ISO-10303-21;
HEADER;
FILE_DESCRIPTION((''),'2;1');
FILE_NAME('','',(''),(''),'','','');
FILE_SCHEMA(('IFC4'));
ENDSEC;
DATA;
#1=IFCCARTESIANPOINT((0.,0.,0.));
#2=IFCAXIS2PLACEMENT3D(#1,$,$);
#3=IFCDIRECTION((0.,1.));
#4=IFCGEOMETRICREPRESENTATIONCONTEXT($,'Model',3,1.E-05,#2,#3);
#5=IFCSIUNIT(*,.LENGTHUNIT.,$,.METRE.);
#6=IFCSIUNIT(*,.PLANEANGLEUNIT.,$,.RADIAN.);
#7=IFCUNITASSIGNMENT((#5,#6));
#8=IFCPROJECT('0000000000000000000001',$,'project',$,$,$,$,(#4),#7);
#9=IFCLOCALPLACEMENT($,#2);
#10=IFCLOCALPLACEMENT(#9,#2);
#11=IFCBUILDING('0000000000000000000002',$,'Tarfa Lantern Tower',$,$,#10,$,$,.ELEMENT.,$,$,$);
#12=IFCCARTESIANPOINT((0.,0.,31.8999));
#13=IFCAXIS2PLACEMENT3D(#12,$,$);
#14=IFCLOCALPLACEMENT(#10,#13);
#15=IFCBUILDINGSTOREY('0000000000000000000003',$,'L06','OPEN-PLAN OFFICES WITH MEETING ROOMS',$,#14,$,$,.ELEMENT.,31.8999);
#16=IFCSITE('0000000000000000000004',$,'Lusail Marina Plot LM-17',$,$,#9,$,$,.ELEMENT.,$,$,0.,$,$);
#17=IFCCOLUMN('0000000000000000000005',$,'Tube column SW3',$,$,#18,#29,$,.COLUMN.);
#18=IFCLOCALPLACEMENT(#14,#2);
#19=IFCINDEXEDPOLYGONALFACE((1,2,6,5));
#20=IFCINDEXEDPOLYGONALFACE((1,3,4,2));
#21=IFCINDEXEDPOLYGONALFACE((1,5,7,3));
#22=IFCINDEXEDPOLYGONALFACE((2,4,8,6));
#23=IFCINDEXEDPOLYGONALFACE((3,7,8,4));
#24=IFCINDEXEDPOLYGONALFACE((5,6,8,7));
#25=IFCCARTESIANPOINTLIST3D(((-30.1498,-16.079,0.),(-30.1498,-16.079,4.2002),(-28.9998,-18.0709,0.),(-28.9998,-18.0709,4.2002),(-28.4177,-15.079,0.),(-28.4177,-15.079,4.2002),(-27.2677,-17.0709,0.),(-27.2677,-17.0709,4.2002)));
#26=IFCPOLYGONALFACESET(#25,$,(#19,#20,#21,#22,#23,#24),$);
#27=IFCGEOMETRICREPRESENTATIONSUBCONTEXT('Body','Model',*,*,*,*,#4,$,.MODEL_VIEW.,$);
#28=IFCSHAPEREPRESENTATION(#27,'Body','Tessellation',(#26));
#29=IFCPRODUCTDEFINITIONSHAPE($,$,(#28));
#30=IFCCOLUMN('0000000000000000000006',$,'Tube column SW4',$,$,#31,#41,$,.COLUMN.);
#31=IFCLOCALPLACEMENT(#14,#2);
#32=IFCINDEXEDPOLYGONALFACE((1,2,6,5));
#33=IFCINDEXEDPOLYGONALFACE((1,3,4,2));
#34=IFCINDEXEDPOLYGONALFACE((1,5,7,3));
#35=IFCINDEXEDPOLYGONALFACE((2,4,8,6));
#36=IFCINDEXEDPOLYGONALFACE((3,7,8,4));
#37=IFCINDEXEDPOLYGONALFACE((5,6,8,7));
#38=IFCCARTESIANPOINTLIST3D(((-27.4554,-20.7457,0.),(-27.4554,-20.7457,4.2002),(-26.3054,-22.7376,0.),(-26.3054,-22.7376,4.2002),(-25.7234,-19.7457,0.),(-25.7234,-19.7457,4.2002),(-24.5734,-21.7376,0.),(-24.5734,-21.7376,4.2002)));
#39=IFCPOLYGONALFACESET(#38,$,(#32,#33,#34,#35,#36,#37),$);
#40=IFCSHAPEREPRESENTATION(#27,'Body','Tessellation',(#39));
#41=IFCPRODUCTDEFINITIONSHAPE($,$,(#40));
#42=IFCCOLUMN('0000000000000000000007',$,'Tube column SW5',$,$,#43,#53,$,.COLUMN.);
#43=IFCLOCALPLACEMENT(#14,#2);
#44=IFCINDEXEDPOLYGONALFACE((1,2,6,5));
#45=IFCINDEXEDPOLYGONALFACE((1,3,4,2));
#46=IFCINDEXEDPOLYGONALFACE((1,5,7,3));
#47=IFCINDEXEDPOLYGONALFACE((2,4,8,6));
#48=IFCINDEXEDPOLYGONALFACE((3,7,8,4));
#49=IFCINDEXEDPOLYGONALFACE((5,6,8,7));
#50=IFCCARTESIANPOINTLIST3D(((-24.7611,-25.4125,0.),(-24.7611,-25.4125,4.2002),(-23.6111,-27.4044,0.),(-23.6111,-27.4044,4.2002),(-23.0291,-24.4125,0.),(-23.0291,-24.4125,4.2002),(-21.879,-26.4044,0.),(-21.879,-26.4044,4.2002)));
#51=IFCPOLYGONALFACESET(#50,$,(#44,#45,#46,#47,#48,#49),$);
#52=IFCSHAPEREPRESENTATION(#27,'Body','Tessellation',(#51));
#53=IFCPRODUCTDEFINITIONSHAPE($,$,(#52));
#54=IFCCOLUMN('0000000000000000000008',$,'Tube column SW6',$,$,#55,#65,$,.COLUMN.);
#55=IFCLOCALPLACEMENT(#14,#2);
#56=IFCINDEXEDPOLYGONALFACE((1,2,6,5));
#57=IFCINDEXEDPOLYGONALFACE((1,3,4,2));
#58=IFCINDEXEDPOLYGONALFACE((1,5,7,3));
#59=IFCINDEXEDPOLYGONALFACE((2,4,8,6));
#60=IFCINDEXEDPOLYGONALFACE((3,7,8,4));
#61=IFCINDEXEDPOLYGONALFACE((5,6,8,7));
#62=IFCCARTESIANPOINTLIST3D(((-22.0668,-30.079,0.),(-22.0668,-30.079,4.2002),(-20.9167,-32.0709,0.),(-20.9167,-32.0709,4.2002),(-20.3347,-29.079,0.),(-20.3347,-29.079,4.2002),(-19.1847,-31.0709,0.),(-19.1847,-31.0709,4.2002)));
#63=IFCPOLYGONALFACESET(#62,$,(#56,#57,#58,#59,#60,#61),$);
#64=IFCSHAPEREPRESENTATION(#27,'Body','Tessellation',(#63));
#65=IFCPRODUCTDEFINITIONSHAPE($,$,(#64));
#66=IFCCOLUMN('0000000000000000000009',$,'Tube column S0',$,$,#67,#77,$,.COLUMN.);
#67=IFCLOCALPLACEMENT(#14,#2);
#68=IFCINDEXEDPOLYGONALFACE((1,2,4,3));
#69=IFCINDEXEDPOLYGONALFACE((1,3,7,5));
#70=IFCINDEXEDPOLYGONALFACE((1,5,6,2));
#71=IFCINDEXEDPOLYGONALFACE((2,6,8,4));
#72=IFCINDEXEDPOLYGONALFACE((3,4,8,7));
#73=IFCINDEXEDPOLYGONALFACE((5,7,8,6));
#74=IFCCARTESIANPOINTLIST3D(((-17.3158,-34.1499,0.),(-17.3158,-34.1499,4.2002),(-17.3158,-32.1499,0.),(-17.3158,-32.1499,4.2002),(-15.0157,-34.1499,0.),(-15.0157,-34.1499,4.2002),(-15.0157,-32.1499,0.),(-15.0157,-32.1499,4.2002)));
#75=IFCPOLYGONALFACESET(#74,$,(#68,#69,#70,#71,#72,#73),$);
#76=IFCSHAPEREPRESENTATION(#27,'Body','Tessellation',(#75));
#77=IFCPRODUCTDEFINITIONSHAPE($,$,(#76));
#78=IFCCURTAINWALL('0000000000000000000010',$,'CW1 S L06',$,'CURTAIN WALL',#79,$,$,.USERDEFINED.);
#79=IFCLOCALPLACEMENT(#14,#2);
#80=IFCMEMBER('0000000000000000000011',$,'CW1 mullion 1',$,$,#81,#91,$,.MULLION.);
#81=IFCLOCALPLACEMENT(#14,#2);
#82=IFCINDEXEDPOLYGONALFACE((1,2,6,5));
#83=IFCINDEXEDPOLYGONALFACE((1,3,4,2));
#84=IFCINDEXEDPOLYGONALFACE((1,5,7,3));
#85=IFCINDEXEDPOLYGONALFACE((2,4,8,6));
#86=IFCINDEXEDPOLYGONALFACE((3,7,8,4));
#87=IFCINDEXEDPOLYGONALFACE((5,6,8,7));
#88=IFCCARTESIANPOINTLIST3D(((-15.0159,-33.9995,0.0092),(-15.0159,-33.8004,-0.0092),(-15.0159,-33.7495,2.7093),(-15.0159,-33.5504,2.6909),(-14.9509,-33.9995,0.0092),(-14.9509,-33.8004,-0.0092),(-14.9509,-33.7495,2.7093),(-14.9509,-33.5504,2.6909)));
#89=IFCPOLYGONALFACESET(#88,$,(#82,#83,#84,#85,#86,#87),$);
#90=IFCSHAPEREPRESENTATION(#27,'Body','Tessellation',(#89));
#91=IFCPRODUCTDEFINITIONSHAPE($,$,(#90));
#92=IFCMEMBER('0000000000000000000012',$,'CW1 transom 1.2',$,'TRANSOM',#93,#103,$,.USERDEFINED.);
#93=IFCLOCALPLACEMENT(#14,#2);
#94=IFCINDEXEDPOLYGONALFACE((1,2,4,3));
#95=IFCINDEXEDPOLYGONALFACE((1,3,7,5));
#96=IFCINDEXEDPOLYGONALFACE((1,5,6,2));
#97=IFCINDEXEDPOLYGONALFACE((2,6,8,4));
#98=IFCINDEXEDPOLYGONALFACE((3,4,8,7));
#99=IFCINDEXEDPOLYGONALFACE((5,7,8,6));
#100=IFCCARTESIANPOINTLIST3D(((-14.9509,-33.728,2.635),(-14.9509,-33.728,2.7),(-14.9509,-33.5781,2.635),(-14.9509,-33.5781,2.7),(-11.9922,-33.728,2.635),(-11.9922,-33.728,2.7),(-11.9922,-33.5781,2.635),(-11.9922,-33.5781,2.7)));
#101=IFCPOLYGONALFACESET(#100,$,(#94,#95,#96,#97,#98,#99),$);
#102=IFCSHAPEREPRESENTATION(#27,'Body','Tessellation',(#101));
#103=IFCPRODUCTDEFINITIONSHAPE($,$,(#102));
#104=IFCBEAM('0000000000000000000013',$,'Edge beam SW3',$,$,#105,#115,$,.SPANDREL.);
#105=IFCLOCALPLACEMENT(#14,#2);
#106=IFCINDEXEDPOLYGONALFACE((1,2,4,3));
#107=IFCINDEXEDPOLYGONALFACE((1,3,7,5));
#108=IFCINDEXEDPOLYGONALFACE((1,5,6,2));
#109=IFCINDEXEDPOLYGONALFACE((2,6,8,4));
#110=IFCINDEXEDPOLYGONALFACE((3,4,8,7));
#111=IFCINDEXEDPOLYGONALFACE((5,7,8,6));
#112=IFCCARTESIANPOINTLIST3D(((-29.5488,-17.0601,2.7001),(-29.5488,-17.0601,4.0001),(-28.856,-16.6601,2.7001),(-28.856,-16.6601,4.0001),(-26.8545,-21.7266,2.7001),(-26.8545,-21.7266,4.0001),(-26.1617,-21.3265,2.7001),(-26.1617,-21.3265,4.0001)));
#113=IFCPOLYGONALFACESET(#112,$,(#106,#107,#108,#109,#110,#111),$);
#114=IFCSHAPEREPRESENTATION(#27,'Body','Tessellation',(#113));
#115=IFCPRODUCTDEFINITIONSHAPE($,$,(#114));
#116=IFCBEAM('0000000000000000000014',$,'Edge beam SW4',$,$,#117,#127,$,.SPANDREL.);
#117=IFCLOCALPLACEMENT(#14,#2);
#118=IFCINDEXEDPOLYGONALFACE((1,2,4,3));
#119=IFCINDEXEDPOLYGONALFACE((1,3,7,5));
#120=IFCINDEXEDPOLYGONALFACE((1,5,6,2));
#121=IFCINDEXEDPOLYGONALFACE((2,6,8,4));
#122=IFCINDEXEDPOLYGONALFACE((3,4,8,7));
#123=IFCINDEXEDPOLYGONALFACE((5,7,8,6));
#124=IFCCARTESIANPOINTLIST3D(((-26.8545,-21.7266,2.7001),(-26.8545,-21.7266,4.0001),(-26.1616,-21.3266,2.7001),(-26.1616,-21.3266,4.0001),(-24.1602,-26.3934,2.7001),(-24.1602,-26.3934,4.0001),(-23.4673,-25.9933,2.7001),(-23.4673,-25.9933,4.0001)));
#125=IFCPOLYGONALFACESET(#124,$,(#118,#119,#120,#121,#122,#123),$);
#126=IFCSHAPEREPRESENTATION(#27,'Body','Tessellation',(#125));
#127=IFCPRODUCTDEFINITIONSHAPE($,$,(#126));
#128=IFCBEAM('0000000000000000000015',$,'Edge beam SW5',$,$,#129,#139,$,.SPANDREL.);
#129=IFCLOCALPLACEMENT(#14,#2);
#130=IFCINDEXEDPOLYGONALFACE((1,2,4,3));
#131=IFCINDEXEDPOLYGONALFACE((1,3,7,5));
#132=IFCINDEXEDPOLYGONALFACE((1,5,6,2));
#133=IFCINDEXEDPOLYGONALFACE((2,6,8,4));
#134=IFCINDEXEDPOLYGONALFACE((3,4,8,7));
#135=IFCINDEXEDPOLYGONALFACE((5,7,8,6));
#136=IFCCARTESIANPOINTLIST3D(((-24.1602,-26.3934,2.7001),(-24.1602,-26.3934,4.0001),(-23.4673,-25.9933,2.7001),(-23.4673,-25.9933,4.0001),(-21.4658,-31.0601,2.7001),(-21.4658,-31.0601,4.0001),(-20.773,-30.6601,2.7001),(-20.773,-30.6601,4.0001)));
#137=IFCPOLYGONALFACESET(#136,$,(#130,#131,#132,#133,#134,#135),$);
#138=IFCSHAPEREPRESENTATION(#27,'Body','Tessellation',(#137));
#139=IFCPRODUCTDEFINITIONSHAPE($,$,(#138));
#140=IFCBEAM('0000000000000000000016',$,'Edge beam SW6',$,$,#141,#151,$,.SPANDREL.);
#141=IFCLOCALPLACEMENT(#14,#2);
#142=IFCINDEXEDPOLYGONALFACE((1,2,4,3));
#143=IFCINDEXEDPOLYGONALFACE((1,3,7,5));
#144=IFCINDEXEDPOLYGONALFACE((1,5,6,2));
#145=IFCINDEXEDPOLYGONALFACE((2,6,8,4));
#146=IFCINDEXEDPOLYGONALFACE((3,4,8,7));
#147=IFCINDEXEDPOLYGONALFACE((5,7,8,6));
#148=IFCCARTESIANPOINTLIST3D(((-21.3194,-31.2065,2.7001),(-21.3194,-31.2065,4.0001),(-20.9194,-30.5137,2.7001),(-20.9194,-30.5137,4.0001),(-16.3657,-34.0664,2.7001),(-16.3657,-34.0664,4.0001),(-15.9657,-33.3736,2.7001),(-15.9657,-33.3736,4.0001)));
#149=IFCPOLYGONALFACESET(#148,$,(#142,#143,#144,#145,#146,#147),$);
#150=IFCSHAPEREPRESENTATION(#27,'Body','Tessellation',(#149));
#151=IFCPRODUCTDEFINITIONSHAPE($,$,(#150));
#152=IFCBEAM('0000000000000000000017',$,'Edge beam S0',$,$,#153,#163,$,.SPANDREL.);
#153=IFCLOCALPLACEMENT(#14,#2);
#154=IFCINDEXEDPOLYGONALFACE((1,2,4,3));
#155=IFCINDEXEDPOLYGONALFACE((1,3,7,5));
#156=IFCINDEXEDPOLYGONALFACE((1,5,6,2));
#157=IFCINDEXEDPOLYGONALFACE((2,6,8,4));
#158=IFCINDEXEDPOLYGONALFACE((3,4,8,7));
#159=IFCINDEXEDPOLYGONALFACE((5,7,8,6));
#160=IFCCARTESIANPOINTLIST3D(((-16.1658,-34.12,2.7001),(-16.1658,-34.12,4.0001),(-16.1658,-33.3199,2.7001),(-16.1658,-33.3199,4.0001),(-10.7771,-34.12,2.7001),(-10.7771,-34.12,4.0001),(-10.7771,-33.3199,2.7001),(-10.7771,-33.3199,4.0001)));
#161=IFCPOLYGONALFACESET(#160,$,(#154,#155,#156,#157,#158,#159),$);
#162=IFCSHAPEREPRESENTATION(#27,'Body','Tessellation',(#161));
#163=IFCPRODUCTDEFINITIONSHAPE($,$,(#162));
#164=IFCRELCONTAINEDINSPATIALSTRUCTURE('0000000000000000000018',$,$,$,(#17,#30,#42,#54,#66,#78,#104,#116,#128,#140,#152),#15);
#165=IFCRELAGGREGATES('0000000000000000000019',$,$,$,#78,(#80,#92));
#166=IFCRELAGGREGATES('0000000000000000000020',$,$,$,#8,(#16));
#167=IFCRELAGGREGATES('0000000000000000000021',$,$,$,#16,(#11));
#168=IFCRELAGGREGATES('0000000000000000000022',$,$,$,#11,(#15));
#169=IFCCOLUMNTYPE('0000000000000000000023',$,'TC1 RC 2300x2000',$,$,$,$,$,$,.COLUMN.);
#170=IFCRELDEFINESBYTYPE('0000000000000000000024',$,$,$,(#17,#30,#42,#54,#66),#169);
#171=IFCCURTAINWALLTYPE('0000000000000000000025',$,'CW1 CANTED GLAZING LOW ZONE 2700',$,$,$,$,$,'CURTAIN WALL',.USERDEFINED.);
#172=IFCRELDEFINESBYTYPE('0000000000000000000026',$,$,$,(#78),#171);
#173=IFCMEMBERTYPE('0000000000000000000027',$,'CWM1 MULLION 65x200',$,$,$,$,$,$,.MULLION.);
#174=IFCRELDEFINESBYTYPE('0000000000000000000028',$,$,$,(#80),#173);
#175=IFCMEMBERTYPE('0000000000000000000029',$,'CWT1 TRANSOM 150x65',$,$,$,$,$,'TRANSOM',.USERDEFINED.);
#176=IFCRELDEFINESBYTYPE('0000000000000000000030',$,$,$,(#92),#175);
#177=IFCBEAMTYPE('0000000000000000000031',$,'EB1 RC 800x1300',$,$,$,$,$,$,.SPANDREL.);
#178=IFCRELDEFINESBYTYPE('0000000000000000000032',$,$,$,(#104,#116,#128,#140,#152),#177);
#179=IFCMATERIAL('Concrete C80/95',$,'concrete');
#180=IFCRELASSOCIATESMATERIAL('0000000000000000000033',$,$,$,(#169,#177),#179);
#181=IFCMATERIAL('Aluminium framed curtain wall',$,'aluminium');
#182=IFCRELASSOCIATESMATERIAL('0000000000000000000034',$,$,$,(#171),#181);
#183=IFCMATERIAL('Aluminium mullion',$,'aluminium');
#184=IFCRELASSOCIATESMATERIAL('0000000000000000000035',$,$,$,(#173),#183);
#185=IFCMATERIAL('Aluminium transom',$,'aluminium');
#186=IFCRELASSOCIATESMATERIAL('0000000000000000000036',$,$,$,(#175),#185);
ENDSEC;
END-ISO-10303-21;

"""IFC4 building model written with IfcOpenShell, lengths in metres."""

from ifc_helpers import new_model, si_unit, direction, frame, origin, origin_2d, place, context, subcontext, project, spatial, rectangle, extrude, material, material_profile, profile_set, type_object, element, aggregate, save


model = new_model("IFC4")

# Units and contexts
model_context = context("Model", 3, precision=1e-05, world=origin(), true_north=direction((0.0, 1.0)))
body_context = subcontext(model_context, "Body", "Model", "MODEL_VIEW")
ifc_project = project(units=[si_unit("LENGTHUNIT", "METRE"), si_unit("PLANEANGLEUNIT", "RADIAN")], contexts=[model_context])

# Site, building, storey
site_placement = place(None, origin())
site = spatial("IfcSite", under=ifc_project, at=site_placement, Name="Lusail Marina Plot LM-17", CompositionType="ELEMENT", RefElevation=0.0)
building_placement = place(site_placement, origin())
building = spatial("IfcBuilding", under=site, at=building_placement, Name="Tarfa Lantern Tower", CompositionType="ELEMENT")
storey_placement = place(building_placement, frame((0.0, 0.0, 31.8999)))
storey = spatial("IfcBuildingStorey", under=building, at=storey_placement, Name="L06", Description="OPEN-PLAN OFFICES WITH MEETING ROOMS", CompositionType="ELEMENT", Elevation=31.8999)

# Columns
ifc_material_1 = material(Name="Concrete C80/95", Category="concrete")
ifc_material_profile_1 = material_profile(ifc_material_1, rectangle(XDim=2.3, YDim=2.0, at=origin_2d()), Name="RC 2300x2000")
ifc_profile_set_1 = profile_set([ifc_material_profile_1], Name="Concrete C80/95")
column_type = type_object("IfcColumnType", Name="TC1 RC 2300x2000", PredefinedType="COLUMN", material=ifc_profile_set_1)
for number, where, z_axis, x_axis, name in (
    (1, (-28.7087, -16.575, 0.0), (0.0, 0.0, 1.0), (0.5, -0.866025, 0.0), "Tube column SW3"),
    (2, (-26.0144, -21.2417, 0.0), (0.0, 0.0, 1.0), (0.5, -0.866025, 0.0), "Tube column SW4"),
    (3, (-23.3201, -25.9084, 0.0), (0.0, 0.0, 1.0), (0.5, -0.866025, 0.0), "Tube column SW5"),
    (4, (-20.6257, -30.575, 0.0), (0.0, 0.0, 1.0), (0.5, -0.866025, 0.0), "Tube column SW6"),
    (5, (-16.1658, -33.1499, 0.0), (0.0, 0.0, 1.0), (1.0, 0.0, 0.0), "Tube column S0"),
):
    element("IfcColumn", number, at=place(storey_placement, frame(where, z_axis=z_axis, x_axis=x_axis)), inside=storey, type_object=column_type, Name=name, PredefinedType="COLUMN", context=body_context, shape_type="SweptSolid", body=[
        extrude(rectangle(XDim=2.3, YDim=2.0, at=origin_2d()), origin(), (0.0, 0.0, 1.0), 4.2002),
    ])

# Curtain wall, members
ifc_material_2 = material(Name="Aluminium framed curtain wall", Category="aluminium")
curtain_wall_type = type_object("IfcCurtainWallType", Name="CW1 CANTED GLAZING LOW ZONE 2700", ElementType="CURTAIN WALL", PredefinedType="USERDEFINED", material=ifc_material_2)
curtain_wall_placement = place(storey_placement, origin())
curtain_wall = element("IfcCurtainWall", 6, at=curtain_wall_placement, inside=storey, type_object=curtain_wall_type, Name="CW1 S L06", ObjectType="CURTAIN WALL", PredefinedType="USERDEFINED")
ifc_material_3 = material(Name="Aluminium mullion", Category="aluminium")
ifc_material_profile_2 = material_profile(ifc_material_3, rectangle(XDim=0.0649, YDim=0.2, at=origin_2d()), Name="AL MULLION 65x200")
ifc_profile_set_2 = profile_set([ifc_material_profile_2], Name="Aluminium mullion")
member_type_1 = type_object("IfcMemberType", Name="CWM1 MULLION 65x200", PredefinedType="MULLION", material=ifc_profile_set_2)
member_1_placement = place(storey_placement, frame((-14.9834, -33.8999, 0.0), z_axis=(0.0, 0.092192, 0.995741), x_axis=(-1.0, 0.0, 0.0)))
member_1 = element("IfcMember", 7, at=member_1_placement, type_object=member_type_1, Name="CW1 mullion 1", PredefinedType="MULLION", context=body_context, shape_type="SweptSolid", body=[
    extrude(rectangle(XDim=0.0649, YDim=0.2, at=origin_2d()), origin(), (0.0, 0.0, 1.0), 2.7117),
])
ifc_material_4 = material(Name="Aluminium transom", Category="aluminium")
ifc_material_profile_3 = material_profile(ifc_material_4, rectangle(XDim=0.1499, YDim=0.0649, at=origin_2d()), Name="AL TRANSOM 150x65")
ifc_profile_set_3 = profile_set([ifc_material_profile_3], Name="Aluminium transom")
member_type_2 = type_object("IfcMemberType", Name="CWT1 TRANSOM 150x65", ElementType="TRANSOM", PredefinedType="USERDEFINED", material=ifc_profile_set_3)
member_2_placement = place(storey_placement, frame((-14.9509, -33.6531, 2.6675), z_axis=(1.0, 0.0, 0.0), x_axis=(0.0, 1.0, 0.0)))
member_2 = element("IfcMember", 8, at=member_2_placement, type_object=member_type_2, Name="CW1 transom 1.2", ObjectType="TRANSOM", PredefinedType="USERDEFINED", context=body_context, shape_type="SweptSolid", body=[
    extrude(rectangle(XDim=0.1499, YDim=0.0649, at=origin_2d()), origin(), (0.0, 0.0, 1.0), 2.9587),
])

# Beams
ifc_material_profile_4 = material_profile(ifc_material_1, rectangle(XDim=0.8, YDim=1.3, at=origin_2d()), Name="RC 800x1300")
ifc_profile_set_4 = profile_set([ifc_material_profile_4], Name="Concrete C80/95")
beam_type_1 = type_object("IfcBeamType", Name="EB1 RC 800x1300", PredefinedType="SPANDREL", material=ifc_profile_set_4)
beam_1_placement = place(storey_placement, frame((-29.2024, -16.8601, 3.3501), z_axis=(0.500018, -0.866015, 0.0), x_axis=(0.866015, 0.500018, 0.0)))
element("IfcBeam", 9, at=beam_1_placement, inside=storey, type_object=beam_type_1, Name="Edge beam SW3", PredefinedType="SPANDREL", context=body_context, shape_type="SweptSolid", body=[
    extrude(rectangle(XDim=0.8, YDim=1.3, at=origin_2d()), origin(), (0.0, 0.0, 1.0), 5.3884),
])
for number, where, z_axis, x_axis, name in (
    (10, (-26.5081, -21.5266, 3.3501), (0.499998, -0.866026, 0.0), (0.866026, 0.499998, 0.0), "Edge beam SW4"),
    (11, (-23.8137, -26.1934, 3.3501), (0.499998, -0.866026, 0.0), (0.866026, 0.499998, 0.0), "Edge beam SW5"),
):
    element("IfcBeam", number, at=place(storey_placement, frame(where, z_axis=z_axis, x_axis=x_axis)), inside=storey, type_object=beam_type_1, Name=name, PredefinedType="SPANDREL", context=body_context, shape_type="SweptSolid", body=[
        extrude(rectangle(XDim=0.8, YDim=1.3, at=origin_2d()), origin(), (0.0, 0.0, 1.0), 5.3887),
    ])
beam_2_placement = place(storey_placement, frame((-21.1194, -30.8601, 3.3501), z_axis=(0.866033, -0.499986, 0.0), x_axis=(0.499986, 0.866033, 0.0)))
element("IfcBeam", 12, at=beam_2_placement, inside=storey, type_object=beam_type_1, Name="Edge beam SW6", PredefinedType="SPANDREL", context=body_context, shape_type="SweptSolid", body=[
    extrude(rectangle(XDim=0.8, YDim=1.3, at=origin_2d()), origin(), (0.0, 0.0, 1.0), 5.72),
])
beam_3_placement = place(storey_placement, frame((-16.1658, -33.72, 3.3501), z_axis=(1.0, 0.0, 0.0), x_axis=(0.0, 1.0, 0.0)))
element("IfcBeam", 13, at=beam_3_placement, inside=storey, type_object=beam_type_1, Name="Edge beam S0", PredefinedType="SPANDREL", context=body_context, shape_type="SweptSolid", body=[
    extrude(rectangle(XDim=0.8, YDim=1.3, at=origin_2d()), origin(), (0.0, 0.0, 1.0), 5.3887),
])

aggregate(curtain_wall, [member_1, member_2])

save(model, "model.ifc")
